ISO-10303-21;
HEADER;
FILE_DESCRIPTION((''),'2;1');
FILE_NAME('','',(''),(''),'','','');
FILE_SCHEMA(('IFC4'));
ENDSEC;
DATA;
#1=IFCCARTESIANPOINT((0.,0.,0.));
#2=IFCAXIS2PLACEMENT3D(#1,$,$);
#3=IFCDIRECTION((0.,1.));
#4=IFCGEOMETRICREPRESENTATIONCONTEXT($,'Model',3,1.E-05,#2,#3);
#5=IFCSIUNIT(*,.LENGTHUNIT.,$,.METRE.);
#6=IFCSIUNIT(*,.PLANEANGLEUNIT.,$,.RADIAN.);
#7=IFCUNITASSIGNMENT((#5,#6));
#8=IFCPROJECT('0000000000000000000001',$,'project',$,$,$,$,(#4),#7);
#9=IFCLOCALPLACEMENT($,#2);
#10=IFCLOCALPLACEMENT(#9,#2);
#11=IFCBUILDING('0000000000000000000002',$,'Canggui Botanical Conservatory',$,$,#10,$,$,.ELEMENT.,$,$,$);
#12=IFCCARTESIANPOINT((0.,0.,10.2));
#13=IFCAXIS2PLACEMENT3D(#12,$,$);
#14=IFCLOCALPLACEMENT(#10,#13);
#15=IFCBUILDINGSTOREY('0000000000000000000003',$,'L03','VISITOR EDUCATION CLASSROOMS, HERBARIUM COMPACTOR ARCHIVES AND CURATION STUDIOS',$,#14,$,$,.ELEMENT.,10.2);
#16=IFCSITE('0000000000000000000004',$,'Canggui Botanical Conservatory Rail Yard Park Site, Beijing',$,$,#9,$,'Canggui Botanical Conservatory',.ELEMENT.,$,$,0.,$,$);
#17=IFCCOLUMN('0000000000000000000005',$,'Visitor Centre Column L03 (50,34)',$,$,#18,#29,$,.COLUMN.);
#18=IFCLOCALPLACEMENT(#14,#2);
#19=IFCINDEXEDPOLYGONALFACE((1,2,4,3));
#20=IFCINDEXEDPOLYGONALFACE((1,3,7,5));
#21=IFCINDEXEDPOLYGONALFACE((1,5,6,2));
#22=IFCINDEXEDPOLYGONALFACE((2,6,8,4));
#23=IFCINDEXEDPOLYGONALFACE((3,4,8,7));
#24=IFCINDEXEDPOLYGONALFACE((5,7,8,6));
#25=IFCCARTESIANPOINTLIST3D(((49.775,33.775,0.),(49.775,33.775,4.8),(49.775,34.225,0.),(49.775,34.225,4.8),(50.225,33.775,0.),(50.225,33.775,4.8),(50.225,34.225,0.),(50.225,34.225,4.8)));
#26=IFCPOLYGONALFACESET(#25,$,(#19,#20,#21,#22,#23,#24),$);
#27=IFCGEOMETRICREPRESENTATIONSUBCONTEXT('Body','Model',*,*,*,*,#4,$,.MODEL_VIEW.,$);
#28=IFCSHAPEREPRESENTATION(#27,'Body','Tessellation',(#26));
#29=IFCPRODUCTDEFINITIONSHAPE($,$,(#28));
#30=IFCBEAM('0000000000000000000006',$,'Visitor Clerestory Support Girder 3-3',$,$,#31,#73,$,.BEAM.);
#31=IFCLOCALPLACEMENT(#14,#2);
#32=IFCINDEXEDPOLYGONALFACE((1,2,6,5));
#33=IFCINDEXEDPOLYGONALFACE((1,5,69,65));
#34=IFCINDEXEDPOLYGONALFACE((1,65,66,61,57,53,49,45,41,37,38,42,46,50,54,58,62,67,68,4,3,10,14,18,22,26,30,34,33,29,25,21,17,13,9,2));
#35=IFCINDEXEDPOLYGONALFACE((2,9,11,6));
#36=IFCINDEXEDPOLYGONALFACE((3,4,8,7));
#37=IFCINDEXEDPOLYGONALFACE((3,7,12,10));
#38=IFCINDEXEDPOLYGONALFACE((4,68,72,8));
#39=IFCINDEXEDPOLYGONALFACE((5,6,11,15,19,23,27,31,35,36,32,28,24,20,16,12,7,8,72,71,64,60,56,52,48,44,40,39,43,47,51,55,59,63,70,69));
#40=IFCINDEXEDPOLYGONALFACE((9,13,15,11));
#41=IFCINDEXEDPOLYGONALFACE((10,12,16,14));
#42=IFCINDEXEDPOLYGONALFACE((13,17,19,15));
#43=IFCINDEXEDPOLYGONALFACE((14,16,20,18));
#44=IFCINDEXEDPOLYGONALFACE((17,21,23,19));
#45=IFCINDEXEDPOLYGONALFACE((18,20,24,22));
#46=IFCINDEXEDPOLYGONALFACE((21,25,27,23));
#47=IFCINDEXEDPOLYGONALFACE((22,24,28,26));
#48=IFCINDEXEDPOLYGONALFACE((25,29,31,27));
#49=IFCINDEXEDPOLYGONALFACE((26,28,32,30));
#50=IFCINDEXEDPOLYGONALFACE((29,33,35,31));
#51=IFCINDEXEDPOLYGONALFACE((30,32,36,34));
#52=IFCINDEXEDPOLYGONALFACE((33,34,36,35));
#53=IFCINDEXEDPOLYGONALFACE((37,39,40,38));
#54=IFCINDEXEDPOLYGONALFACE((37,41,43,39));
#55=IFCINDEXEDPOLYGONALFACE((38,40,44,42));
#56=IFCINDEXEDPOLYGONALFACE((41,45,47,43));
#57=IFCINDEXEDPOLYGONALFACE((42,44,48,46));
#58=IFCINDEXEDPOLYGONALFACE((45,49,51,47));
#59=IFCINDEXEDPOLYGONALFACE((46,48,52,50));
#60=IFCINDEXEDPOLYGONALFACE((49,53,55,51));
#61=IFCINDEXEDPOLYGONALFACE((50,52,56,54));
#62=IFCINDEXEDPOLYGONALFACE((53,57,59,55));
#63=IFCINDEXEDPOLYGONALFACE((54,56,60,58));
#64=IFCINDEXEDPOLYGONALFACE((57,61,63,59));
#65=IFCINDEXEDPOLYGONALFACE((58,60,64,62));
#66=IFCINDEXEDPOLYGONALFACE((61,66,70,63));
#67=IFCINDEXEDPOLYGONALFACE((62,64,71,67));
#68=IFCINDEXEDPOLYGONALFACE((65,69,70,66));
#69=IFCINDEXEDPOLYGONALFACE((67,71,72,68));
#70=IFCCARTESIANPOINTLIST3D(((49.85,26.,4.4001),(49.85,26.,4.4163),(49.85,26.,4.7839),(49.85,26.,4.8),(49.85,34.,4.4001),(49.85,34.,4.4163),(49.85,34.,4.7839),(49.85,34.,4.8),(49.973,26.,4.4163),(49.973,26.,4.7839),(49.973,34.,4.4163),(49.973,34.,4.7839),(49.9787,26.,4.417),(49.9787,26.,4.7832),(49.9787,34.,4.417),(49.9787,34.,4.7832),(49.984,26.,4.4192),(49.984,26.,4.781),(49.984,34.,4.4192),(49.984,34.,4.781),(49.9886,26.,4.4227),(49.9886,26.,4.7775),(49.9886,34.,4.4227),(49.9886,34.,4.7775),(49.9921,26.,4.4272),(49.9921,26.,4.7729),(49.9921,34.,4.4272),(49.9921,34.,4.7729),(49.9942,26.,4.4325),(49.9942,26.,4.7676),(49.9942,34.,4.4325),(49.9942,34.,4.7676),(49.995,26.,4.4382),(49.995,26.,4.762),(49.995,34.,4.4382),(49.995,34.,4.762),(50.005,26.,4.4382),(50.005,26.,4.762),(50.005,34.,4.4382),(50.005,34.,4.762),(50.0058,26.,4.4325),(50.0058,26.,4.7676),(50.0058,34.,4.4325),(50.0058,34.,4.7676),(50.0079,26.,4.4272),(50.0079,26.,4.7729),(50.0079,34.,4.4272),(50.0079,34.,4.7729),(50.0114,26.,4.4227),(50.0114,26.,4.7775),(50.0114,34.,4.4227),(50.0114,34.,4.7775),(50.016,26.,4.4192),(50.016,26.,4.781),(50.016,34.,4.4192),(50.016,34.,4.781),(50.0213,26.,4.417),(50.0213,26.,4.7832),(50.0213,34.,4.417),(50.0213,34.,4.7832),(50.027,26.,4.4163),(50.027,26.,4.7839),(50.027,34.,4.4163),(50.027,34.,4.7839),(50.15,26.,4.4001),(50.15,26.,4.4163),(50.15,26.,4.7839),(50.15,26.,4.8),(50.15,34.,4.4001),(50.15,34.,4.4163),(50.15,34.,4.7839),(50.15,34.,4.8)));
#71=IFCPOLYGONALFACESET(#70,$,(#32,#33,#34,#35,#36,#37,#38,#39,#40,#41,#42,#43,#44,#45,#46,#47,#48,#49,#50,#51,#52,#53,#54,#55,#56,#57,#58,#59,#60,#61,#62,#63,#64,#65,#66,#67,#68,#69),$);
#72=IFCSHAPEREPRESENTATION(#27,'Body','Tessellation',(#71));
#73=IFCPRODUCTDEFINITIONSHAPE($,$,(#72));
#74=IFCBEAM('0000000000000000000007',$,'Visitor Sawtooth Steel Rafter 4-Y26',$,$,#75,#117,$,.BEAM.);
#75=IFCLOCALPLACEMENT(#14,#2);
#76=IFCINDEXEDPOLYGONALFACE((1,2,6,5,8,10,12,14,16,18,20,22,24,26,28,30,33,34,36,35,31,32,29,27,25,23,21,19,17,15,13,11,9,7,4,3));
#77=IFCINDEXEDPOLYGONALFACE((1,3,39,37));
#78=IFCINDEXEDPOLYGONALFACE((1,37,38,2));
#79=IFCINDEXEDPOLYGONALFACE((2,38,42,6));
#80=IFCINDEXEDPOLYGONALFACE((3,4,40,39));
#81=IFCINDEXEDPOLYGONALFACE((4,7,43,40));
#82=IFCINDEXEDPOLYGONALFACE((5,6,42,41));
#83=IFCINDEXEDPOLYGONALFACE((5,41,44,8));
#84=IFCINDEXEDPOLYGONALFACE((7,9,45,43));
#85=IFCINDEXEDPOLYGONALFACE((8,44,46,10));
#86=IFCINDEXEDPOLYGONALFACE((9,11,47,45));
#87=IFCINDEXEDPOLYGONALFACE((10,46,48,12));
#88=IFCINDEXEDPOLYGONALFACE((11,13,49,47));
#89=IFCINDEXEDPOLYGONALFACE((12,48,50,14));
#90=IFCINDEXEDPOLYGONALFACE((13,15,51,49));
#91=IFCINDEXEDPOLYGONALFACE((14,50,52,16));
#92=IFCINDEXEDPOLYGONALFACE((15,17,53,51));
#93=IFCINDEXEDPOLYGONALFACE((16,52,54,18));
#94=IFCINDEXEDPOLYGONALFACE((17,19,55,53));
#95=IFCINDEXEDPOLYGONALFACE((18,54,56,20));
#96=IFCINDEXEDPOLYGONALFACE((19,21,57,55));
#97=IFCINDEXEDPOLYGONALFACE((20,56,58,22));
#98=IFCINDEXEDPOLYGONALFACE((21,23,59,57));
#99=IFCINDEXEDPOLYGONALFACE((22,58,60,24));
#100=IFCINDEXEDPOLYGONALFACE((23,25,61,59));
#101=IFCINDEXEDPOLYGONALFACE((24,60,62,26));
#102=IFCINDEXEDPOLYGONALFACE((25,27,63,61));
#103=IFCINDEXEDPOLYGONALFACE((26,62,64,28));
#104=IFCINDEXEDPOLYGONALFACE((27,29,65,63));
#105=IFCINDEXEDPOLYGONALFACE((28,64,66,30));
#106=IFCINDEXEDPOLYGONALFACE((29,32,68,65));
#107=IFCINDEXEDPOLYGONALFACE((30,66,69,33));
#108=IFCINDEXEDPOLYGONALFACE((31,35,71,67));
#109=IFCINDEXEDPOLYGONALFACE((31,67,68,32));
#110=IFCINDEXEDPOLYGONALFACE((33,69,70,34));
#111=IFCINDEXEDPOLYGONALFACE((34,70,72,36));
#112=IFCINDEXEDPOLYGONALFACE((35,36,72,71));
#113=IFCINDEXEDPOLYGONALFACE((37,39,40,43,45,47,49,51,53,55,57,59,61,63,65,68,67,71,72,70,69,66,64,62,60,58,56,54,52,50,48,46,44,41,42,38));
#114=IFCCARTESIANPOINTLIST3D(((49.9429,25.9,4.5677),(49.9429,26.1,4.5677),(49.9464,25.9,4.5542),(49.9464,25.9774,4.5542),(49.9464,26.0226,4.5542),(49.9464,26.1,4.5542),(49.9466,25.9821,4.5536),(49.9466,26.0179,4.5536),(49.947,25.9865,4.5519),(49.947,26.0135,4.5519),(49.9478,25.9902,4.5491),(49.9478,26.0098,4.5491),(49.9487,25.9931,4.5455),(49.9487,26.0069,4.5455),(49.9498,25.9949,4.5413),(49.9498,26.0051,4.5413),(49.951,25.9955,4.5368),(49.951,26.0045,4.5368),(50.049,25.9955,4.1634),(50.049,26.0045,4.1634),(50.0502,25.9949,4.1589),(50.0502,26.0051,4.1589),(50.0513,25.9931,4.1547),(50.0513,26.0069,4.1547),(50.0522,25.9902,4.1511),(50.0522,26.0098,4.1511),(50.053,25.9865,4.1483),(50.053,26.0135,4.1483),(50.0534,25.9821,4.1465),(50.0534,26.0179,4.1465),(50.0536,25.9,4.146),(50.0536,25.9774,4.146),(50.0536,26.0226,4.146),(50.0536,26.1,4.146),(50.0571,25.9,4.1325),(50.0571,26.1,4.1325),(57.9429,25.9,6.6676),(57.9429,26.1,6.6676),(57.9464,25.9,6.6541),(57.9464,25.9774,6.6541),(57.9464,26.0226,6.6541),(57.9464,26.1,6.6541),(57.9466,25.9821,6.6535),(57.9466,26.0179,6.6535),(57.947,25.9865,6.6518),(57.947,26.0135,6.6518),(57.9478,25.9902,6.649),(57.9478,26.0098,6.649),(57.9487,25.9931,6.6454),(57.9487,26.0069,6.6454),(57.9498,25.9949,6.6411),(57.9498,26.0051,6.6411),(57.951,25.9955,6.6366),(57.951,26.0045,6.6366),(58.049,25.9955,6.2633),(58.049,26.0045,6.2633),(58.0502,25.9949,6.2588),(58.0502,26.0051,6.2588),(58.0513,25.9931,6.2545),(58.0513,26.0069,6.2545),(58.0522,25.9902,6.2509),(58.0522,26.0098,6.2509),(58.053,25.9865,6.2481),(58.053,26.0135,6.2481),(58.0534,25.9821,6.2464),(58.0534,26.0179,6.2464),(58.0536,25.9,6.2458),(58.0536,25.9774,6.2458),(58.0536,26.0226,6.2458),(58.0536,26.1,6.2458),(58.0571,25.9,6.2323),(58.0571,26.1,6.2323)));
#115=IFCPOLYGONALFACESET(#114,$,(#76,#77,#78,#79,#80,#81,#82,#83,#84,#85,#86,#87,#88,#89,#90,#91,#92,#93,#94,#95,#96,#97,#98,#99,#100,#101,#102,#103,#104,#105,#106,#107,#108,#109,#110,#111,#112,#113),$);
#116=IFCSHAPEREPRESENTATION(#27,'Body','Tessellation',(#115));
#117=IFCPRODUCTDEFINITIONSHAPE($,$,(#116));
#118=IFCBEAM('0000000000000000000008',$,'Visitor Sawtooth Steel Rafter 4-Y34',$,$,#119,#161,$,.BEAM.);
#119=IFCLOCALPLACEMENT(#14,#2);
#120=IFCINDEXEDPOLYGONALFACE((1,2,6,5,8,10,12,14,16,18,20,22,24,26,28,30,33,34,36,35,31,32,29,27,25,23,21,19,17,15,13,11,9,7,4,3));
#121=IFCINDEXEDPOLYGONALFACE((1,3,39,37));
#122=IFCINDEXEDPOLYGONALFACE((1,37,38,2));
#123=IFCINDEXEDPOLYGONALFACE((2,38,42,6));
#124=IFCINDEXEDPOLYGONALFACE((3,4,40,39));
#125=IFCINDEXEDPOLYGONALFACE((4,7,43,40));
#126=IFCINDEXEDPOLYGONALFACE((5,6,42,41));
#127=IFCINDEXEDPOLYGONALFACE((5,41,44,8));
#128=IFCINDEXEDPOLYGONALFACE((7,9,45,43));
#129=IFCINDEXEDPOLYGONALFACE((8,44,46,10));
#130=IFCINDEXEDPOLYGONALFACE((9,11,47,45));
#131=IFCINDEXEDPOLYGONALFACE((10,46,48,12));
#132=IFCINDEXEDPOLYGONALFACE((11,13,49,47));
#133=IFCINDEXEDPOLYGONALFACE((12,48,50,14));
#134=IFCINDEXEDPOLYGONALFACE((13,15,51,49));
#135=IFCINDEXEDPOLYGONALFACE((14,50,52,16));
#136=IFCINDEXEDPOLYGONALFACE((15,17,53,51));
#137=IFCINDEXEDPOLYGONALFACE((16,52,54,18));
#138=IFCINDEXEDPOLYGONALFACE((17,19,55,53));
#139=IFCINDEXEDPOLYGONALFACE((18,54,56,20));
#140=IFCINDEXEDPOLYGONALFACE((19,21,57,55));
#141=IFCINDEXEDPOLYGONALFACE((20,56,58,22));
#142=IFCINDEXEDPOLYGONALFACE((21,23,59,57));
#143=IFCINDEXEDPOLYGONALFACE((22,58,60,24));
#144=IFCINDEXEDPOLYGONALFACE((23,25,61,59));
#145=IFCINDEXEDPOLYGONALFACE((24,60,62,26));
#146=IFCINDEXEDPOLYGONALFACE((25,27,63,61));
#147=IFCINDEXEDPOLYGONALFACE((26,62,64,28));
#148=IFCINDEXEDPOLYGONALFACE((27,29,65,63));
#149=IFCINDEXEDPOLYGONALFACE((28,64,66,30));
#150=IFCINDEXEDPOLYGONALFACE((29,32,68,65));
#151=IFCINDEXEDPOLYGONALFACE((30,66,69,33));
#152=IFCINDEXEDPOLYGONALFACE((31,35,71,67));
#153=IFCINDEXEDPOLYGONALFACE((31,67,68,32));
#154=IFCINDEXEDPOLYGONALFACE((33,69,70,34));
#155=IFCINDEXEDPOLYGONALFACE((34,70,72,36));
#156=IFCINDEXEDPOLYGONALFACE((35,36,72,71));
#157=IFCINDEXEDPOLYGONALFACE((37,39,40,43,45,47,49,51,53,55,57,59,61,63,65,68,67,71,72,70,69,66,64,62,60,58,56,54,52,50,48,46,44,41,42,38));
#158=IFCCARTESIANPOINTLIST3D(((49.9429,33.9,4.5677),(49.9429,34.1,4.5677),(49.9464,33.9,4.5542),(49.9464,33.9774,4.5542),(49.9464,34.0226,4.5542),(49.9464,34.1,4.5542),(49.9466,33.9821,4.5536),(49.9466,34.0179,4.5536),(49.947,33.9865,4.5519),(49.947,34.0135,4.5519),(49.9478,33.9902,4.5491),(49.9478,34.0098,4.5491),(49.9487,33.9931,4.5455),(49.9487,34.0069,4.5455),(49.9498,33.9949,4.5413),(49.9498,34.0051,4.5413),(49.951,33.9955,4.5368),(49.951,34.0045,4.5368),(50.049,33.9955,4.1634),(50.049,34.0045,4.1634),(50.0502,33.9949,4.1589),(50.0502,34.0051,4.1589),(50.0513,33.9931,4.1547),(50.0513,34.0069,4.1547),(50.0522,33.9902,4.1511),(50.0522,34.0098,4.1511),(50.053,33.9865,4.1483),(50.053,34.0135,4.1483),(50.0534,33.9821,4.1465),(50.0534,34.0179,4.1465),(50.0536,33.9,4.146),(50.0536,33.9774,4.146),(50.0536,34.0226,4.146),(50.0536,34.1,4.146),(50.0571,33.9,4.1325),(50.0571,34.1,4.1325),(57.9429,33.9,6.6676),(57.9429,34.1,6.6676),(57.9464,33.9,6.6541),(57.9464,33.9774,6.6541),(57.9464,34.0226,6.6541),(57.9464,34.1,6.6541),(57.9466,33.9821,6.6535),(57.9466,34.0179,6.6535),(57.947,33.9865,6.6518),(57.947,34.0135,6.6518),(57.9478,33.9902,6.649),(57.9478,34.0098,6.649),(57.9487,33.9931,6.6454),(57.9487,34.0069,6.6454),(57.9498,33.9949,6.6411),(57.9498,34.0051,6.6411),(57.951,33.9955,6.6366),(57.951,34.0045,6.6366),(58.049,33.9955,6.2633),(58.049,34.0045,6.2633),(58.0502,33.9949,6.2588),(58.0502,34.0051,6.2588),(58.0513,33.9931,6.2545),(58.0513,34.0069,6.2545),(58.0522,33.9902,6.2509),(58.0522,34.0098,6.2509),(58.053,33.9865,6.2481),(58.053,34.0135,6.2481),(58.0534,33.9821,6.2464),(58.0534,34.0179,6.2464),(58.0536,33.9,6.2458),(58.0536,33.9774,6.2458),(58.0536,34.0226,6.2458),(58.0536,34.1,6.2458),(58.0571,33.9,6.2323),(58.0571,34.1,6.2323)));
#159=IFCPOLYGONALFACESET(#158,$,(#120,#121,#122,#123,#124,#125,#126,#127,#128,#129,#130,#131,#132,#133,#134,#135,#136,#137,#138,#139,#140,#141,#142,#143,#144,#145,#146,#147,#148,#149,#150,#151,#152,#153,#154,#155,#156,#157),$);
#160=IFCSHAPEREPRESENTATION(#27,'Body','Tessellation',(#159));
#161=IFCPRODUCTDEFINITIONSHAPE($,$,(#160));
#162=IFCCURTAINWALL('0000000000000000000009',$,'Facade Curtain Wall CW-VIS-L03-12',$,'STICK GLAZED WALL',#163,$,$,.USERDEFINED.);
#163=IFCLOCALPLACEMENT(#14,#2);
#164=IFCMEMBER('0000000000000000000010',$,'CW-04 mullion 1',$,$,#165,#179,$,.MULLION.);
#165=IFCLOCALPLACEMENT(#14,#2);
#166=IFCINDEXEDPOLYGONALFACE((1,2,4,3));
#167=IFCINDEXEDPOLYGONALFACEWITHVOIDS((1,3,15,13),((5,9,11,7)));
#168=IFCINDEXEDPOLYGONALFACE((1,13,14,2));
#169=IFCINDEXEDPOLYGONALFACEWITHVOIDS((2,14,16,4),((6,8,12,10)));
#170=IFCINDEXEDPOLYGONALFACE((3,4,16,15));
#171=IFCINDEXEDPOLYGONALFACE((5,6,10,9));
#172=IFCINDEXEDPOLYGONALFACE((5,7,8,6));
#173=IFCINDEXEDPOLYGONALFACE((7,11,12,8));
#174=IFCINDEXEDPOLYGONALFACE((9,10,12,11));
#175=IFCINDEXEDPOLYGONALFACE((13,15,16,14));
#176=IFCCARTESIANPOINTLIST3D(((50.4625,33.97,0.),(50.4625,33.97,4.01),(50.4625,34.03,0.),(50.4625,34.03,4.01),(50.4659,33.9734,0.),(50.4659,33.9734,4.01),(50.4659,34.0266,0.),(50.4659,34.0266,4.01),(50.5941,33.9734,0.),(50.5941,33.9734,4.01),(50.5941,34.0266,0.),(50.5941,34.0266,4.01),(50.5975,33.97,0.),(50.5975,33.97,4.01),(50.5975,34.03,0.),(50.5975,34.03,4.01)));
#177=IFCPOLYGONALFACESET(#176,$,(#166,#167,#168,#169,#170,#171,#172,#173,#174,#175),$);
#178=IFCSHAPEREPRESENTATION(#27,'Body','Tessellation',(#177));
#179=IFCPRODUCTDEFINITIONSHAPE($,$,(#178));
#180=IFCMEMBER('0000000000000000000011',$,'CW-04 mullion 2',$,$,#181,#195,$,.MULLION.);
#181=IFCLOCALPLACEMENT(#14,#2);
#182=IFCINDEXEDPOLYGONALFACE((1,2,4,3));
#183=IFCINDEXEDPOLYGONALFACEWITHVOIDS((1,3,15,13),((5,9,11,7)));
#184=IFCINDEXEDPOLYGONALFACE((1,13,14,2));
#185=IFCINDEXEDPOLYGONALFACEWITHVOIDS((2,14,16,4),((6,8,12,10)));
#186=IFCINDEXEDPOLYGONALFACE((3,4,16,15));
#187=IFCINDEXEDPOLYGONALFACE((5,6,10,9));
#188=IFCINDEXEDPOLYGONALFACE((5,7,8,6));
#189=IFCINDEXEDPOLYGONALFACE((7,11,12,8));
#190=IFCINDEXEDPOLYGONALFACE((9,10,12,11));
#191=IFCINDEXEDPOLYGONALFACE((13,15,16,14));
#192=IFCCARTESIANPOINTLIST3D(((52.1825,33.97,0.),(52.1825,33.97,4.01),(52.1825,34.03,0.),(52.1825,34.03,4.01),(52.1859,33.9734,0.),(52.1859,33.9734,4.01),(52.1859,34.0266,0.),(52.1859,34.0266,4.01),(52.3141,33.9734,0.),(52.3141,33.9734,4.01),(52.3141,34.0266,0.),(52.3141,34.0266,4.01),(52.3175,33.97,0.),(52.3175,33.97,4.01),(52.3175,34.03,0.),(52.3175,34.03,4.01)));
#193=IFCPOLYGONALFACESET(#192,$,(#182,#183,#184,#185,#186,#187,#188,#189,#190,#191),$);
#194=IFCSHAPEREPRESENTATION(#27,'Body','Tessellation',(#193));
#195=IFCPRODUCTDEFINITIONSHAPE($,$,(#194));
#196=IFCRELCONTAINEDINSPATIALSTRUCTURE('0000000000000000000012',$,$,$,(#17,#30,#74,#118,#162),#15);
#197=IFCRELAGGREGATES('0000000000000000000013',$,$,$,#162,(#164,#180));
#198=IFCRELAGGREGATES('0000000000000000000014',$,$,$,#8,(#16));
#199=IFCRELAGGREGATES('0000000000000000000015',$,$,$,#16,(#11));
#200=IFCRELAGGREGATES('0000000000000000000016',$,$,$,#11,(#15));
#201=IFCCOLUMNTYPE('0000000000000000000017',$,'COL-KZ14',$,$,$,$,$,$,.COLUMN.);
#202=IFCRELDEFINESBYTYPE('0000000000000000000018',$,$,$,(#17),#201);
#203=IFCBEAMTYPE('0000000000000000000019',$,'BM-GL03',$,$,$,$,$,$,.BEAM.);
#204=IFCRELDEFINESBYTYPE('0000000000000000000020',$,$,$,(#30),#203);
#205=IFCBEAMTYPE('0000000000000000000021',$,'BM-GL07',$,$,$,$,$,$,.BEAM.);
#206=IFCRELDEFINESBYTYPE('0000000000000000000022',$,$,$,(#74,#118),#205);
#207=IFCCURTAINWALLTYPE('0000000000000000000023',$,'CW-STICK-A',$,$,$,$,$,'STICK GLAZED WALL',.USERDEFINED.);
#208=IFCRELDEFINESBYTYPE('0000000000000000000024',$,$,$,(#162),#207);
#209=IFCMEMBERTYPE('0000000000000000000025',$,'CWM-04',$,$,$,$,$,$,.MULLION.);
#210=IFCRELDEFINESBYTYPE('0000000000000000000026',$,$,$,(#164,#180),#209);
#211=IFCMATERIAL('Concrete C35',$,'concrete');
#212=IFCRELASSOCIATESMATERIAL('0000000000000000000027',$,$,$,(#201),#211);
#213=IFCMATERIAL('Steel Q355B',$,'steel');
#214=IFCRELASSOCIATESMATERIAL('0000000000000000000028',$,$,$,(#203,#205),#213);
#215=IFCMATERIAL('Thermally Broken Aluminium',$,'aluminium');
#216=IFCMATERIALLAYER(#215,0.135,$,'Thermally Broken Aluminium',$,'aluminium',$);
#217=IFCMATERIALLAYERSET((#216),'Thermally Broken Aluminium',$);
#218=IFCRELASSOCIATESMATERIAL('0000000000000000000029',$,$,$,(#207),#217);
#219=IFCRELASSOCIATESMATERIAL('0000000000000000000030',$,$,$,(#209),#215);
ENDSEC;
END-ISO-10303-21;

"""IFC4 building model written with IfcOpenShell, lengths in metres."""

from ifc_helpers import new_model, si_unit, direction, frame, origin, origin_2d, place, context, subcontext, project, spatial, rectangle, hollow_rectangle, i_section, extrude, material, layer, layer_set, material_profile, profile_set, type_object, element, aggregate, save


model = new_model("IFC4")

# Units and contexts
model_context = context("Model", 3, precision=1e-05, world=origin(), true_north=direction((0.0, 1.0)))
body_context = subcontext(model_context, "Body", "Model", "MODEL_VIEW")
ifc_project = project(units=[si_unit("LENGTHUNIT", "METRE"), si_unit("PLANEANGLEUNIT", "RADIAN")], contexts=[model_context])

# Site, building, storey
site_placement = place(None, origin())
site = spatial("IfcSite", under=ifc_project, at=site_placement, Name="Canggui Botanical Conservatory Rail Yard Park Site, Beijing", LongName="Canggui Botanical Conservatory", CompositionType="ELEMENT", RefElevation=0.0)
building_placement = place(site_placement, origin())
building = spatial("IfcBuilding", under=site, at=building_placement, Name="Canggui Botanical Conservatory", CompositionType="ELEMENT")
storey_placement = place(building_placement, frame((0.0, 0.0, 10.2)))
storey = spatial("IfcBuildingStorey", under=building, at=storey_placement, Name="L03", Description="VISITOR EDUCATION CLASSROOMS, HERBARIUM COMPACTOR ARCHIVES AND CURATION STUDIOS", CompositionType="ELEMENT", Elevation=10.2)

# Column
ifc_material_1 = material(Name="Concrete C35", Category="concrete")
ifc_material_profile_1 = material_profile(ifc_material_1, rectangle(XDim=0.45, YDim=0.45, at=origin_2d()), Name="RC 450x450")
ifc_profile_set_1 = profile_set([ifc_material_profile_1], Name="Concrete C35")
column_type = type_object("IfcColumnType", Name="COL-KZ14", PredefinedType="COLUMN", material=ifc_profile_set_1)
column_placement = place(storey_placement, frame((50.0, 34.0, 0.0), z_axis=(0.0, 0.0, 1.0), x_axis=(1.0, 0.0, 0.0)))
element("IfcColumn", 1, at=column_placement, inside=storey, type_object=column_type, Name="Visitor Centre Column L03 (50,34)", PredefinedType="COLUMN", context=body_context, shape_type="SweptSolid", body=[
    extrude(rectangle(XDim=0.45, YDim=0.45, at=origin_2d()), origin(), (0.0, 0.0, 1.0), 4.8),
])

# Beams
ifc_material_2 = material(Name="Steel Q355B", Category="steel")
ifc_material_profile_2 = material_profile(ifc_material_2, i_section(OverallWidth=0.3, OverallDepth=0.3999, WebThickness=0.01, FlangeThickness=0.0161, FilletRadius=0.022, at=origin_2d()), Name="HM 400x300x10x16")
ifc_profile_set_2 = profile_set([ifc_material_profile_2], Name="Steel Q355B")
beam_type_1 = type_object("IfcBeamType", Name="BM-GL03", PredefinedType="BEAM", material=ifc_profile_set_2)
beam_placement = place(storey_placement, frame((50.0, 26.0, 4.6001), z_axis=(0.0, 1.0, 0.0), x_axis=(-1.0, 0.0, 0.0)))
element("IfcBeam", 2, at=beam_placement, inside=storey, type_object=beam_type_1, Name="Visitor Clerestory Support Girder 3-3", PredefinedType="BEAM", context=body_context, shape_type="SweptSolid", body=[
    extrude(i_section(OverallWidth=0.3, OverallDepth=0.3999, WebThickness=0.01, FlangeThickness=0.0161, FilletRadius=0.022, at=origin_2d()), origin(), (0.0, 0.0, 1.0), 8.0),
])
ifc_material_profile_3 = material_profile(ifc_material_2, i_section(OverallWidth=0.2, OverallDepth=0.45, WebThickness=0.009, FlangeThickness=0.0139, FilletRadius=0.0181, at=origin_2d()), Name="HN 450x200x9x14")
ifc_profile_set_3 = profile_set([ifc_material_profile_3], Name="Steel Q355B")
beam_type_2 = type_object("IfcBeamType", Name="BM-GL07", PredefinedType="BEAM", material=ifc_profile_set_3)
for number, where, z_axis, x_axis, name in (
    (3, (50.0, 26.0, 4.3501), (0.967235, 0.0, 0.253882), (0.0, 1.0, 0.0), "Visitor Sawtooth Steel Rafter 4-Y26"),
    (4, (50.0, 34.0, 4.3501), (0.967235, 0.0, 0.253882), (0.0, 1.0, 0.0), "Visitor Sawtooth Steel Rafter 4-Y34"),
):
    element("IfcBeam", number, at=place(storey_placement, frame(where, z_axis=z_axis, x_axis=x_axis)), inside=storey, type_object=beam_type_2, Name=name, PredefinedType="BEAM", context=body_context, shape_type="SweptSolid", body=[
        extrude(i_section(OverallWidth=0.2, OverallDepth=0.45, WebThickness=0.009, FlangeThickness=0.0139, FilletRadius=0.0181, at=origin_2d()), origin(), (0.0, 0.0, 1.0), 8.271),
    ])

# Curtain wall, members
ifc_material_3 = material(Name="Thermally Broken Aluminium", Category="aluminium")
ifc_layer_1 = layer(ifc_material_3, 0.135, Name="Thermally Broken Aluminium", Category="aluminium")
ifc_layer_set_1 = layer_set([ifc_layer_1], Name="Thermally Broken Aluminium")
curtain_wall_type = type_object("IfcCurtainWallType", Name="CW-STICK-A", ElementType="STICK GLAZED WALL", PredefinedType="USERDEFINED", material=ifc_layer_set_1)
curtain_wall_placement = place(storey_placement, origin())
curtain_wall = element("IfcCurtainWall", 5, at=curtain_wall_placement, inside=storey, type_object=curtain_wall_type, Name="Facade Curtain Wall CW-VIS-L03-12", ObjectType="STICK GLAZED WALL", PredefinedType="USERDEFINED")
ifc_material_profile_4 = material_profile(ifc_material_3, hollow_rectangle(XDim=0.0601, YDim=0.135, WallThickness=0.0034, at=origin_2d()), Name="CWM 60x135x3.5")
ifc_profile_set_4 = profile_set([ifc_material_profile_4], Name="Thermally Broken Aluminium")
member_type_1 = type_object("IfcMemberType", Name="CWM-04", PredefinedType="MULLION", material=ifc_profile_set_4)
member_1_placement = place(storey_placement, frame((50.53, 34.0, 0.0), z_axis=(0.0, 0.0, 1.0), x_axis=(0.0, 1.0, 0.0)))
member_1 = element("IfcMember", 6, at=member_1_placement, type_object=member_type_1, Name="CW-04 mullion 1", PredefinedType="MULLION", context=body_context, shape_type="SweptSolid", body=[
    extrude(hollow_rectangle(XDim=0.0601, YDim=0.135, WallThickness=0.0034, at=origin_2d()), origin(), (0.0, 0.0, 1.0), 4.01),
])
member_2_placement = place(storey_placement, frame((52.25, 34.0, 0.0), z_axis=(0.0, 0.0, 1.0), x_axis=(0.0, 1.0, 0.0)))
member_2 = element("IfcMember", 7, at=member_2_placement, type_object=member_type_1, Name="CW-04 mullion 2", PredefinedType="MULLION", context=body_context, shape_type="SweptSolid", body=[
    extrude(hollow_rectangle(XDim=0.0601, YDim=0.135, WallThickness=0.0034, at=origin_2d()), origin(), (0.0, 0.0, 1.0), 4.01),
])

aggregate(curtain_wall, [member_1, member_2])

save(model, "model.ifc")
